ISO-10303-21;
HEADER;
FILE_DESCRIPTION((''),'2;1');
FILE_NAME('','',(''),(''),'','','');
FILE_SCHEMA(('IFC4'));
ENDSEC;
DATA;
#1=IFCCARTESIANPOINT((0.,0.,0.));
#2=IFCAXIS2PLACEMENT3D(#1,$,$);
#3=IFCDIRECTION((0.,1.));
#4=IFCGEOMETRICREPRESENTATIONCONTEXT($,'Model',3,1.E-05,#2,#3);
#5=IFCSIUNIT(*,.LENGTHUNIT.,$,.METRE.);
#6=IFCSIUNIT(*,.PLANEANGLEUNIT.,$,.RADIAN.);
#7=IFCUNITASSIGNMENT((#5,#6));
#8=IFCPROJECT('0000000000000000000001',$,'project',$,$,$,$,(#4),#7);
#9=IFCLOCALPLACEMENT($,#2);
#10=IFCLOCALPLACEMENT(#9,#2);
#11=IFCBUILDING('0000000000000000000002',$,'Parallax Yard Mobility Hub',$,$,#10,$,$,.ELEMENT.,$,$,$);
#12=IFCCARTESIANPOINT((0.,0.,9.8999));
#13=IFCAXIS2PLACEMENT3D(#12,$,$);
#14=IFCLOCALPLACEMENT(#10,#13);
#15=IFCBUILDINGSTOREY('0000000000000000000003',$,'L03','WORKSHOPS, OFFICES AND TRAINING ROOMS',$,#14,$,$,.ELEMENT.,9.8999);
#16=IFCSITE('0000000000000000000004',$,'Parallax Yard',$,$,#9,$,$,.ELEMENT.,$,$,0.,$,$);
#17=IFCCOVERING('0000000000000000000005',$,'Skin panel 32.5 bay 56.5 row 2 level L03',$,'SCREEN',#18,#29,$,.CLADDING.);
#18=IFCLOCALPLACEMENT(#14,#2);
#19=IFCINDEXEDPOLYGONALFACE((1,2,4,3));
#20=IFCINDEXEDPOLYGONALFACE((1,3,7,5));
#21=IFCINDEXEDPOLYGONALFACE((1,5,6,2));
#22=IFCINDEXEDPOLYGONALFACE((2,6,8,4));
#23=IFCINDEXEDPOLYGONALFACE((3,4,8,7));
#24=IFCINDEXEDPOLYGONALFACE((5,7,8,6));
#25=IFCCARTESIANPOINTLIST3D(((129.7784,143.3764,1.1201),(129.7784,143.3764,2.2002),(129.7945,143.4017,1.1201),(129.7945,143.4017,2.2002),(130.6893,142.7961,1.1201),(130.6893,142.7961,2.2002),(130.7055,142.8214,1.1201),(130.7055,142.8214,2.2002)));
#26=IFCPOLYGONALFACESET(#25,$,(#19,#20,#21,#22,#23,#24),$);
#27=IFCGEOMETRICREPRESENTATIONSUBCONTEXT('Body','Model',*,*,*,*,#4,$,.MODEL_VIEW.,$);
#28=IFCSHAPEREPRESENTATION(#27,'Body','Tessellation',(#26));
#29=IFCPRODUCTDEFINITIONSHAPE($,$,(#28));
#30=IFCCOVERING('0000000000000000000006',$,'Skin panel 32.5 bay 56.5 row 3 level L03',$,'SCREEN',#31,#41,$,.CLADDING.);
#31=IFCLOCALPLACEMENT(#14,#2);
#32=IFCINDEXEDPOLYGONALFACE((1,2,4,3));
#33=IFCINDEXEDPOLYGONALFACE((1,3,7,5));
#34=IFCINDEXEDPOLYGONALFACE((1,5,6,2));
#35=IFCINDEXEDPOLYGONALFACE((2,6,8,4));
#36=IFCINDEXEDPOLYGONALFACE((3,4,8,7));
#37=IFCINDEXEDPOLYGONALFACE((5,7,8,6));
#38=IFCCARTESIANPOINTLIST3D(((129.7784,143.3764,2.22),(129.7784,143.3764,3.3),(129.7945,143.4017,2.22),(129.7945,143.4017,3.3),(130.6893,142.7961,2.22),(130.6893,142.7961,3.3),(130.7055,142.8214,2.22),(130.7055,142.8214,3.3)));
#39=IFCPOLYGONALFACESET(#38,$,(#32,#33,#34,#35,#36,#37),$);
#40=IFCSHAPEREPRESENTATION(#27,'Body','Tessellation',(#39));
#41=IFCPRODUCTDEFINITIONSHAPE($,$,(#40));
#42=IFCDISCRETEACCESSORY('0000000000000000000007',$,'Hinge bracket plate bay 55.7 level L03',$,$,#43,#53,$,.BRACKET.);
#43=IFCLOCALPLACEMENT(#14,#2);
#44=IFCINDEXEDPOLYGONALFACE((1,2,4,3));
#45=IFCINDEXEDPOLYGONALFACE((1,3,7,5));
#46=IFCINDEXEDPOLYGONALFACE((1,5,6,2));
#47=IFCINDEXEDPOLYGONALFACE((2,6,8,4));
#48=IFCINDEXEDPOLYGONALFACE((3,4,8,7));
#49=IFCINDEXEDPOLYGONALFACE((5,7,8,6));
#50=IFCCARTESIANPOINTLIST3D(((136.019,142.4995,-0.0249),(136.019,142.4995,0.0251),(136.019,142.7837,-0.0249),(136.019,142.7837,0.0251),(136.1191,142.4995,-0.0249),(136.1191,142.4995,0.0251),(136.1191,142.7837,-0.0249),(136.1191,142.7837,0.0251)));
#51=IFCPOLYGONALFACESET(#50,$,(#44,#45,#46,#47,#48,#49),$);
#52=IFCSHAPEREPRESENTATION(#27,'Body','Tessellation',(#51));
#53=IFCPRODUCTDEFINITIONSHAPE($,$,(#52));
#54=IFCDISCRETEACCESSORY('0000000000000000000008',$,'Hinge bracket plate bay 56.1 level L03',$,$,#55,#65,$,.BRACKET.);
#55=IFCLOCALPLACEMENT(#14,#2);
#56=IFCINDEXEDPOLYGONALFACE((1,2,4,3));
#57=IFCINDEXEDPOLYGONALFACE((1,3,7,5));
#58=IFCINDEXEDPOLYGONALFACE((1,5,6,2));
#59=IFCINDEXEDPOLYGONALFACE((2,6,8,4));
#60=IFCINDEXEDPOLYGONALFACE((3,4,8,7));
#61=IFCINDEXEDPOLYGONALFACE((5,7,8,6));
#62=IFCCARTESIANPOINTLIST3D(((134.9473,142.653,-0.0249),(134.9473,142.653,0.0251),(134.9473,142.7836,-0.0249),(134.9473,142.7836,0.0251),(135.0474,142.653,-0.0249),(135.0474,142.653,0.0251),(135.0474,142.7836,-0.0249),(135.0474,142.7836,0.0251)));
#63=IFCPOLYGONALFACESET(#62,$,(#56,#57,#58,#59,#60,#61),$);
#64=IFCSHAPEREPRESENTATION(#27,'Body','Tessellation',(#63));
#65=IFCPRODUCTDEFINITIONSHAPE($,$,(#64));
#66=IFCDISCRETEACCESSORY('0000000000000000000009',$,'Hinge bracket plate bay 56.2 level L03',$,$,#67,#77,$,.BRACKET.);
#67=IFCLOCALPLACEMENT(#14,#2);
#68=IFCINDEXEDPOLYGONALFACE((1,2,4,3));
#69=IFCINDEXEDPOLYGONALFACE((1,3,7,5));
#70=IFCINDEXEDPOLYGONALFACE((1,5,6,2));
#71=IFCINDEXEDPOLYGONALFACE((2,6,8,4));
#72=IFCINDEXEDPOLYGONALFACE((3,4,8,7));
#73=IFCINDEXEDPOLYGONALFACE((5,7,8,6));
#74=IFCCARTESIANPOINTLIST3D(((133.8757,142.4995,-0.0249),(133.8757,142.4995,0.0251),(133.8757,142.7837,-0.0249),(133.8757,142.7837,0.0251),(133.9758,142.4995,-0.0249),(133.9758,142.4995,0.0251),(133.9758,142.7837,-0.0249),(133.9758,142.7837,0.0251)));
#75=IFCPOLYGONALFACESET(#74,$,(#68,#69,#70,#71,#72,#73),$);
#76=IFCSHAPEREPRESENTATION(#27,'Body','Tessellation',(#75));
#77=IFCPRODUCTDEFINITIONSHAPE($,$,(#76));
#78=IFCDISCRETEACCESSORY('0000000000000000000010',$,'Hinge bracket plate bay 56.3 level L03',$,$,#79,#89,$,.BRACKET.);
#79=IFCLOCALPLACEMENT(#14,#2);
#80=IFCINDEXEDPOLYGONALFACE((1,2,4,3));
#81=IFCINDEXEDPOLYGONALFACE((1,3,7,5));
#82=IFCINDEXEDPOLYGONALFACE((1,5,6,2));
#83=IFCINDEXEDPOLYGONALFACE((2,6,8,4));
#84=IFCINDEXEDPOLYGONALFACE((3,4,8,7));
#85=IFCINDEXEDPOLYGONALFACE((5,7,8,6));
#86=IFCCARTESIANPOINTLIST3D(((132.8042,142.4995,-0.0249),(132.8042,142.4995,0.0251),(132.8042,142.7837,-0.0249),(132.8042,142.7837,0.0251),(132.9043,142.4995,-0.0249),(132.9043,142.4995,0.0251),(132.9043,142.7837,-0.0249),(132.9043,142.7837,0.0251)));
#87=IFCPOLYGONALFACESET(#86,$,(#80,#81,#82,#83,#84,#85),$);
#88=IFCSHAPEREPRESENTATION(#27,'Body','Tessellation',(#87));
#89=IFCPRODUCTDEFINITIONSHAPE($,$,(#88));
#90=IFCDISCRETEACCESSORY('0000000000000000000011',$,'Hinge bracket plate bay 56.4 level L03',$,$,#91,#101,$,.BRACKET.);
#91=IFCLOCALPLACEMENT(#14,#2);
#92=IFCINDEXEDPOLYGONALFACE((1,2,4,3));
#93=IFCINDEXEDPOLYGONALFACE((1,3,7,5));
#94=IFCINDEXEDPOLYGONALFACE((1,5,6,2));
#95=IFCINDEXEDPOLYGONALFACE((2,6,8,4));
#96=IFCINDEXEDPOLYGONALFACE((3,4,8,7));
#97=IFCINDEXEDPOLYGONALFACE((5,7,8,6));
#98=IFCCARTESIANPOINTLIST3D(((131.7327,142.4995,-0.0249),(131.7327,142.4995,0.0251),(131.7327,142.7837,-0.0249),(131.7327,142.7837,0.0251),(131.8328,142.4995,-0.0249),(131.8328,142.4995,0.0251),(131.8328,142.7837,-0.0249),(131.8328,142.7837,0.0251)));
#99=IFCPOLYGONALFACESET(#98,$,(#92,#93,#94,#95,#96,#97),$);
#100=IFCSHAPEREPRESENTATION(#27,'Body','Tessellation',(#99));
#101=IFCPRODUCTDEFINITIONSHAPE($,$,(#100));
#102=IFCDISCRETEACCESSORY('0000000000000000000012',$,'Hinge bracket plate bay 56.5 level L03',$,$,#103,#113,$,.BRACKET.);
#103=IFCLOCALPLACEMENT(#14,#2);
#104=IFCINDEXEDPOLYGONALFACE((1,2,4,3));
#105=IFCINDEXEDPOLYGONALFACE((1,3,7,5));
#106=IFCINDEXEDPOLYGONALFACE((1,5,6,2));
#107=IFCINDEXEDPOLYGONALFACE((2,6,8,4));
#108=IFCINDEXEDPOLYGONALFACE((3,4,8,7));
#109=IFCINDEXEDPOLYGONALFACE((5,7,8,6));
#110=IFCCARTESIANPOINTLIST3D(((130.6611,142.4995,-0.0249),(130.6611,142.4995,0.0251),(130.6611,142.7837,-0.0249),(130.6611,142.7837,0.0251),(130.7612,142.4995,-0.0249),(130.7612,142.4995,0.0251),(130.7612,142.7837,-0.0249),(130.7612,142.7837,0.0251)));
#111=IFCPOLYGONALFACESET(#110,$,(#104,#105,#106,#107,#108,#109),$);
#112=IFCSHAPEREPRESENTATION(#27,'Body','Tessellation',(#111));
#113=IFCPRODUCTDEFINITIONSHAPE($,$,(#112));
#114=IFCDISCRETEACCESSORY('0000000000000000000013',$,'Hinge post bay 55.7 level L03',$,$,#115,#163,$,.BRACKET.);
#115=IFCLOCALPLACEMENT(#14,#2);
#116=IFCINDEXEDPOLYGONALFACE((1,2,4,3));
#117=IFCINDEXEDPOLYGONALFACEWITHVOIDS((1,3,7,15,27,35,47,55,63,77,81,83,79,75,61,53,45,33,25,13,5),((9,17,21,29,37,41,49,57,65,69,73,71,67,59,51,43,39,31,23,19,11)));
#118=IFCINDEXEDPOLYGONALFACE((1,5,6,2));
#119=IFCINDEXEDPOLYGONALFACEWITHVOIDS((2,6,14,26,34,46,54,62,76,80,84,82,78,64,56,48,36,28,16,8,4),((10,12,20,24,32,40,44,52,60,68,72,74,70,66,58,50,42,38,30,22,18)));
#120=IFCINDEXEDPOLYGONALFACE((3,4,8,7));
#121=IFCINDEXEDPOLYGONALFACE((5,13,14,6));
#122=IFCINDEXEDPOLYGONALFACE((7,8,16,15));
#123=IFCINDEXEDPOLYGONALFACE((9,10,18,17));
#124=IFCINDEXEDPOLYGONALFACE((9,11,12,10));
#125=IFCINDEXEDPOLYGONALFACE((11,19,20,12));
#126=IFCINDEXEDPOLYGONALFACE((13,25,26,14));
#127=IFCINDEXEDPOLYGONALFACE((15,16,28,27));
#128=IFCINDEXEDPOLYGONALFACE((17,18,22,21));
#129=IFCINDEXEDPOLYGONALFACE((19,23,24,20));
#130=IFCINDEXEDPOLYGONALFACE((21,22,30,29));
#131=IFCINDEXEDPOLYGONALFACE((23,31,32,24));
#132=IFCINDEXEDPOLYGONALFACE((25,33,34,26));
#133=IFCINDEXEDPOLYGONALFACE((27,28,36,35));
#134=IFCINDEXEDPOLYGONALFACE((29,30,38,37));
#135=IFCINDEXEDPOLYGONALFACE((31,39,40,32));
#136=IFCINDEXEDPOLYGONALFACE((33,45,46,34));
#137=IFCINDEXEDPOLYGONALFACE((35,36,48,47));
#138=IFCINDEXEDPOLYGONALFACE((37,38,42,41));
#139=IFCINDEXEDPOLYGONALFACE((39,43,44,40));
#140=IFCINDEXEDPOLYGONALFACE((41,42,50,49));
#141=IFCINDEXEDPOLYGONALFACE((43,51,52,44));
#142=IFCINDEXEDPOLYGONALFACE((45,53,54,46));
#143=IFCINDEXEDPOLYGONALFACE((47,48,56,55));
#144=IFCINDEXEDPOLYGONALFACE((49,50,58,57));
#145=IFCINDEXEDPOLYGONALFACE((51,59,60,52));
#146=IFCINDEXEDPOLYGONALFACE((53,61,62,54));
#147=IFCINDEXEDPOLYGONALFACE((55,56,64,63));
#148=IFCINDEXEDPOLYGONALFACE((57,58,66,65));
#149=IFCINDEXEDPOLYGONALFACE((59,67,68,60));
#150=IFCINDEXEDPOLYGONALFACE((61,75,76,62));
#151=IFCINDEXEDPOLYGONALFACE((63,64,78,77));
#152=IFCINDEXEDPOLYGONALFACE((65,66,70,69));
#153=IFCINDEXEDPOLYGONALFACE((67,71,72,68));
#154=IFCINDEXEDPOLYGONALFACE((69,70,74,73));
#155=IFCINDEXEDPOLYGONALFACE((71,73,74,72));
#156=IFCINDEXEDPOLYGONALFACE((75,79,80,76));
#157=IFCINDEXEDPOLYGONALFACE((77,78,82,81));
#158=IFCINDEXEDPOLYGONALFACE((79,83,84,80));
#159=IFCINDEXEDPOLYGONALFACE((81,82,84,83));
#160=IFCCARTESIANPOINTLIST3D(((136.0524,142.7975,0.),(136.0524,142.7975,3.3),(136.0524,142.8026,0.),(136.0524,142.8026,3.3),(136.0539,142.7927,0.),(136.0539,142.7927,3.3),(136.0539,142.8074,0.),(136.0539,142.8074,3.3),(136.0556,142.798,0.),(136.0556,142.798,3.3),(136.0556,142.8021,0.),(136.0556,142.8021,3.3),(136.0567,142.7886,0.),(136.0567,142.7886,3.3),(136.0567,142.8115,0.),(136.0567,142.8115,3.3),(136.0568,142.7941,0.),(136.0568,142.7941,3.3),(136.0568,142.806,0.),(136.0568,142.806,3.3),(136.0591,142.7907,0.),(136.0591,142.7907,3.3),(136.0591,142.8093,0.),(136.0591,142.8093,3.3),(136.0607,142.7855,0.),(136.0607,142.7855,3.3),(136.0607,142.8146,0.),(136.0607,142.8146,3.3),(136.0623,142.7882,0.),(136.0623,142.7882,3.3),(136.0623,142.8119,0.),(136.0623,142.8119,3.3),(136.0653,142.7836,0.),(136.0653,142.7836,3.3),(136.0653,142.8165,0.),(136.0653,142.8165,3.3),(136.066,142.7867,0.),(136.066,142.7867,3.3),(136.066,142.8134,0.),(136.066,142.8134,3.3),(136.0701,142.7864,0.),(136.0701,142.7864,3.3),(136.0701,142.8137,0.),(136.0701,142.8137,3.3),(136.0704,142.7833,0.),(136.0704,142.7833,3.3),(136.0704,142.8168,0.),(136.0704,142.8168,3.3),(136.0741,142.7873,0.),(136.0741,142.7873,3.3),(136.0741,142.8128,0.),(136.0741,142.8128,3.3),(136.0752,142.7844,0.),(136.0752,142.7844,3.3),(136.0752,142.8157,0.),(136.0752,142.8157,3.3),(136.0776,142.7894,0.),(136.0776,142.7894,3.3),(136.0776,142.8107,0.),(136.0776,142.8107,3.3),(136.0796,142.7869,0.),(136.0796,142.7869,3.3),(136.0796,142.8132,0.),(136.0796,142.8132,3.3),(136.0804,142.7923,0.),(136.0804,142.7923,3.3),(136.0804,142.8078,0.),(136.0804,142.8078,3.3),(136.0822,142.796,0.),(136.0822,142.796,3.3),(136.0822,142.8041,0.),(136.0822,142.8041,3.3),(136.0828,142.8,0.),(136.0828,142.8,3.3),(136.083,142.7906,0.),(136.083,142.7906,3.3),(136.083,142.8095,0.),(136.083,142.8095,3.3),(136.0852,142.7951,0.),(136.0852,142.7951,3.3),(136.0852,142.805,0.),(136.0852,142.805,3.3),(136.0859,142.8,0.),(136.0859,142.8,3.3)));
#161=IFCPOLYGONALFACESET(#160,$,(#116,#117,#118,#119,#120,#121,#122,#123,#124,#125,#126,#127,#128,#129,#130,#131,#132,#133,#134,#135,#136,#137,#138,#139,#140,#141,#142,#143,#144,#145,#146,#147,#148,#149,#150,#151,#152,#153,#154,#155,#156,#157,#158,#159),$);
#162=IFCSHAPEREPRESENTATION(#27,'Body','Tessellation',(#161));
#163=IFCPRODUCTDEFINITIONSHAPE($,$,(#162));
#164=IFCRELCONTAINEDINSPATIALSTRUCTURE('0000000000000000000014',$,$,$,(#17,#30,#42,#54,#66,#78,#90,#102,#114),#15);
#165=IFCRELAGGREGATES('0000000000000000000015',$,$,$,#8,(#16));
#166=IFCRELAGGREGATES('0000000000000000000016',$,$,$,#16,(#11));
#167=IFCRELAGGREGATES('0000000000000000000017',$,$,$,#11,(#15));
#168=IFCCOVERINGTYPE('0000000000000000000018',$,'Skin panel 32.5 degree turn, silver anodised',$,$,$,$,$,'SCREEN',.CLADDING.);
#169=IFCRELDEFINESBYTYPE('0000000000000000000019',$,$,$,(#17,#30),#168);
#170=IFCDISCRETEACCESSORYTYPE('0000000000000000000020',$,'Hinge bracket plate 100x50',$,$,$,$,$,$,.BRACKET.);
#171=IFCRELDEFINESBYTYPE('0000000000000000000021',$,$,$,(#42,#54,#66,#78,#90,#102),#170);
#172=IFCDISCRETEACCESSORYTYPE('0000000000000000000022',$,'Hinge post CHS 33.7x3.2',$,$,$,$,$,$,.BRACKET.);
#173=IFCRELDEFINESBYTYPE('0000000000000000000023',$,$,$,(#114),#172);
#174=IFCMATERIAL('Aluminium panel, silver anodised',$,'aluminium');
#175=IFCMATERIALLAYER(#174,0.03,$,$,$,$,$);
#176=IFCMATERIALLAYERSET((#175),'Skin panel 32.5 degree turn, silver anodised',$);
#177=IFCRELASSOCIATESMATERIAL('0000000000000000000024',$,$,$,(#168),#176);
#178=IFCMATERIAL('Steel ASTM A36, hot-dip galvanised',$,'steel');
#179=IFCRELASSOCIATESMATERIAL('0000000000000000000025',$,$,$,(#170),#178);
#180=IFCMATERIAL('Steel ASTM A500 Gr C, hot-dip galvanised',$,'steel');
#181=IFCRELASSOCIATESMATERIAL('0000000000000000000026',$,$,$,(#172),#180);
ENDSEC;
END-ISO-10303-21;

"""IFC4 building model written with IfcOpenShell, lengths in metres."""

from ifc_helpers import new_model, si_unit, direction, frame, origin, origin_2d, place, context, subcontext, project, spatial, rectangle, hollow_circle, extrude, material, layer, layer_set, material_profile, profile_set, type_object, element, save


model = new_model("IFC4")

# Units and contexts
model_context = context("Model", 3, precision=1e-05, world=origin(), true_north=direction((0.0, 1.0)))
body_context = subcontext(model_context, "Body", "Model", "MODEL_VIEW")
ifc_project = project(units=[si_unit("LENGTHUNIT", "METRE"), si_unit("PLANEANGLEUNIT", "RADIAN")], contexts=[model_context])

# Site, building, storey
site_placement = place(None, origin())
site = spatial("IfcSite", under=ifc_project, at=site_placement, Name="Parallax Yard", CompositionType="ELEMENT", RefElevation=0.0)
building_placement = place(site_placement, origin())
building = spatial("IfcBuilding", under=site, at=building_placement, Name="Parallax Yard Mobility Hub", CompositionType="ELEMENT")
storey_placement = place(building_placement, frame((0.0, 0.0, 9.8999)))
storey = spatial("IfcBuildingStorey", under=building, at=storey_placement, Name="L03", Description="WORKSHOPS, OFFICES AND TRAINING ROOMS", CompositionType="ELEMENT", Elevation=9.8999)

# Coverings
ifc_material_1 = material(Name="Aluminium panel, silver anodised", Category="aluminium")
ifc_layer_1 = layer(ifc_material_1, 0.03)
ifc_layer_set_1 = layer_set([ifc_layer_1], Name="Skin panel 32.5 degree turn, silver anodised")
covering_type_1 = type_object("IfcCoveringType", Name="Skin panel 32.5 degree turn, silver anodised", ElementType="SCREEN", PredefinedType="CLADDING", material=ifc_layer_set_1)
for number, where, z_axis, x_axis, name in (
    (1, (130.2419, 143.0989, 1.1201), (0.0, 0.0, 1.0), (-0.843391, 0.5373, 0.0), "Skin panel 32.5 bay 56.5 row 2 level L03"),
    (2, (130.2419, 143.0989, 2.22), (0.0, 0.0, 1.0), (-0.843391, 0.5373, 0.0), "Skin panel 32.5 bay 56.5 row 3 level L03"),
):
    element("IfcCovering", number, at=place(storey_placement, frame(where, z_axis=z_axis, x_axis=x_axis)), inside=storey, type_object=covering_type_1, Name=name, ObjectType="SCREEN", PredefinedType="CLADDING", context=body_context, shape_type="SweptSolid", body=[
        extrude(rectangle(XDim=1.0801, YDim=0.03, at=origin_2d()), origin(), (0.0, 0.0, 1.0), 1.0801),
    ])

# Discrete accessories
ifc_material_2 = material(Name="Steel ASTM A36, hot-dip galvanised", Category="steel")
discrete_accessory_type_1 = type_object("IfcDiscreteAccessoryType", Name="Hinge bracket plate 100x50", PredefinedType="BRACKET", material=ifc_material_2)
discrete_accessory_1_placement = place(storey_placement, frame((136.0691, 142.6416, -0.0249), z_axis=(0.0, 0.0, 1.0), x_axis=(0.0, 1.0, 0.0)))
element("IfcDiscreteAccessory", 3, at=discrete_accessory_1_placement, inside=storey, type_object=discrete_accessory_type_1, Name="Hinge bracket plate bay 55.7 level L03", PredefinedType="BRACKET", context=body_context, shape_type="SweptSolid", body=[
    extrude(rectangle(XDim=0.2842, YDim=0.1001, at=origin_2d()), origin(), (0.0, 0.0, 1.0), 0.05),
])
discrete_accessory_2_placement = place(storey_placement, frame((134.9973, 142.7183, -0.0249), z_axis=(0.0, 0.0, 1.0), x_axis=(0.0, 1.0, 0.0)))
element("IfcDiscreteAccessory", 4, at=discrete_accessory_2_placement, inside=storey, type_object=discrete_accessory_type_1, Name="Hinge bracket plate bay 56.1 level L03", PredefinedType="BRACKET", context=body_context, shape_type="SweptSolid", body=[
    extrude(rectangle(XDim=0.1306, YDim=0.1001, at=origin_2d()), origin(), (0.0, 0.0, 1.0), 0.05),
])
for number, where, z_axis, x_axis, name in (
    (5, (133.9258, 142.6416, -0.0249), (0.0, 0.0, 1.0), (0.0, 1.0, 0.0), "Hinge bracket plate bay 56.2 level L03"),
    (6, (132.8542, 142.6416, -0.0249), (0.0, 0.0, 1.0), (0.0, 1.0, 0.0), "Hinge bracket plate bay 56.3 level L03"),
    (7, (131.7827, 142.6416, -0.0249), (0.0, 0.0, 1.0), (0.0, 1.0, 0.0), "Hinge bracket plate bay 56.4 level L03"),
    (8, (130.7112, 142.6416, -0.0249), (0.0, 0.0, 1.0), (0.0, 1.0, 0.0), "Hinge bracket plate bay 56.5 level L03"),
):
    element("IfcDiscreteAccessory", number, at=place(storey_placement, frame(where, z_axis=z_axis, x_axis=x_axis)), inside=storey, type_object=discrete_accessory_type_1, Name=name, PredefinedType="BRACKET", context=body_context, shape_type="SweptSolid", body=[
        extrude(rectangle(XDim=0.2842, YDim=0.1001, at=origin_2d()), origin(), (0.0, 0.0, 1.0), 0.05),
    ])
ifc_material_3 = material(Name="Steel ASTM A500 Gr C, hot-dip galvanised", Category="steel")
ifc_material_profile = material_profile(ifc_material_3, hollow_circle(Radius=0.0168, WallThickness=0.0032, at=origin_2d()), Name="CHS 33.7x3.2")
ifc_profile_set = profile_set([ifc_material_profile], Name="Steel ASTM A500 Gr C, hot-dip galvanised")
discrete_accessory_type_2 = type_object("IfcDiscreteAccessoryType", Name="Hinge post CHS 33.7x3.2", PredefinedType="BRACKET", material=ifc_profile_set)
for number, where, z_axis, x_axis, name in (
    (9, (136.0691, 142.8, 0.0), (0.0, 0.0, 1.0), (1.0, 0.0, 0.0), "Hinge post bay 55.7 level L03"),
):
    element("IfcDiscreteAccessory", number, at=place(storey_placement, frame(where, z_axis=z_axis, x_axis=x_axis)), inside=storey, type_object=discrete_accessory_type_2, Name=name, PredefinedType="BRACKET", context=body_context, shape_type="SweptSolid", body=[
        extrude(hollow_circle(Radius=0.0168, WallThickness=0.0032, at=origin_2d()), origin(), (0.0, 0.0, 1.0), 3.3),
    ])

save(model, "model.ifc")
